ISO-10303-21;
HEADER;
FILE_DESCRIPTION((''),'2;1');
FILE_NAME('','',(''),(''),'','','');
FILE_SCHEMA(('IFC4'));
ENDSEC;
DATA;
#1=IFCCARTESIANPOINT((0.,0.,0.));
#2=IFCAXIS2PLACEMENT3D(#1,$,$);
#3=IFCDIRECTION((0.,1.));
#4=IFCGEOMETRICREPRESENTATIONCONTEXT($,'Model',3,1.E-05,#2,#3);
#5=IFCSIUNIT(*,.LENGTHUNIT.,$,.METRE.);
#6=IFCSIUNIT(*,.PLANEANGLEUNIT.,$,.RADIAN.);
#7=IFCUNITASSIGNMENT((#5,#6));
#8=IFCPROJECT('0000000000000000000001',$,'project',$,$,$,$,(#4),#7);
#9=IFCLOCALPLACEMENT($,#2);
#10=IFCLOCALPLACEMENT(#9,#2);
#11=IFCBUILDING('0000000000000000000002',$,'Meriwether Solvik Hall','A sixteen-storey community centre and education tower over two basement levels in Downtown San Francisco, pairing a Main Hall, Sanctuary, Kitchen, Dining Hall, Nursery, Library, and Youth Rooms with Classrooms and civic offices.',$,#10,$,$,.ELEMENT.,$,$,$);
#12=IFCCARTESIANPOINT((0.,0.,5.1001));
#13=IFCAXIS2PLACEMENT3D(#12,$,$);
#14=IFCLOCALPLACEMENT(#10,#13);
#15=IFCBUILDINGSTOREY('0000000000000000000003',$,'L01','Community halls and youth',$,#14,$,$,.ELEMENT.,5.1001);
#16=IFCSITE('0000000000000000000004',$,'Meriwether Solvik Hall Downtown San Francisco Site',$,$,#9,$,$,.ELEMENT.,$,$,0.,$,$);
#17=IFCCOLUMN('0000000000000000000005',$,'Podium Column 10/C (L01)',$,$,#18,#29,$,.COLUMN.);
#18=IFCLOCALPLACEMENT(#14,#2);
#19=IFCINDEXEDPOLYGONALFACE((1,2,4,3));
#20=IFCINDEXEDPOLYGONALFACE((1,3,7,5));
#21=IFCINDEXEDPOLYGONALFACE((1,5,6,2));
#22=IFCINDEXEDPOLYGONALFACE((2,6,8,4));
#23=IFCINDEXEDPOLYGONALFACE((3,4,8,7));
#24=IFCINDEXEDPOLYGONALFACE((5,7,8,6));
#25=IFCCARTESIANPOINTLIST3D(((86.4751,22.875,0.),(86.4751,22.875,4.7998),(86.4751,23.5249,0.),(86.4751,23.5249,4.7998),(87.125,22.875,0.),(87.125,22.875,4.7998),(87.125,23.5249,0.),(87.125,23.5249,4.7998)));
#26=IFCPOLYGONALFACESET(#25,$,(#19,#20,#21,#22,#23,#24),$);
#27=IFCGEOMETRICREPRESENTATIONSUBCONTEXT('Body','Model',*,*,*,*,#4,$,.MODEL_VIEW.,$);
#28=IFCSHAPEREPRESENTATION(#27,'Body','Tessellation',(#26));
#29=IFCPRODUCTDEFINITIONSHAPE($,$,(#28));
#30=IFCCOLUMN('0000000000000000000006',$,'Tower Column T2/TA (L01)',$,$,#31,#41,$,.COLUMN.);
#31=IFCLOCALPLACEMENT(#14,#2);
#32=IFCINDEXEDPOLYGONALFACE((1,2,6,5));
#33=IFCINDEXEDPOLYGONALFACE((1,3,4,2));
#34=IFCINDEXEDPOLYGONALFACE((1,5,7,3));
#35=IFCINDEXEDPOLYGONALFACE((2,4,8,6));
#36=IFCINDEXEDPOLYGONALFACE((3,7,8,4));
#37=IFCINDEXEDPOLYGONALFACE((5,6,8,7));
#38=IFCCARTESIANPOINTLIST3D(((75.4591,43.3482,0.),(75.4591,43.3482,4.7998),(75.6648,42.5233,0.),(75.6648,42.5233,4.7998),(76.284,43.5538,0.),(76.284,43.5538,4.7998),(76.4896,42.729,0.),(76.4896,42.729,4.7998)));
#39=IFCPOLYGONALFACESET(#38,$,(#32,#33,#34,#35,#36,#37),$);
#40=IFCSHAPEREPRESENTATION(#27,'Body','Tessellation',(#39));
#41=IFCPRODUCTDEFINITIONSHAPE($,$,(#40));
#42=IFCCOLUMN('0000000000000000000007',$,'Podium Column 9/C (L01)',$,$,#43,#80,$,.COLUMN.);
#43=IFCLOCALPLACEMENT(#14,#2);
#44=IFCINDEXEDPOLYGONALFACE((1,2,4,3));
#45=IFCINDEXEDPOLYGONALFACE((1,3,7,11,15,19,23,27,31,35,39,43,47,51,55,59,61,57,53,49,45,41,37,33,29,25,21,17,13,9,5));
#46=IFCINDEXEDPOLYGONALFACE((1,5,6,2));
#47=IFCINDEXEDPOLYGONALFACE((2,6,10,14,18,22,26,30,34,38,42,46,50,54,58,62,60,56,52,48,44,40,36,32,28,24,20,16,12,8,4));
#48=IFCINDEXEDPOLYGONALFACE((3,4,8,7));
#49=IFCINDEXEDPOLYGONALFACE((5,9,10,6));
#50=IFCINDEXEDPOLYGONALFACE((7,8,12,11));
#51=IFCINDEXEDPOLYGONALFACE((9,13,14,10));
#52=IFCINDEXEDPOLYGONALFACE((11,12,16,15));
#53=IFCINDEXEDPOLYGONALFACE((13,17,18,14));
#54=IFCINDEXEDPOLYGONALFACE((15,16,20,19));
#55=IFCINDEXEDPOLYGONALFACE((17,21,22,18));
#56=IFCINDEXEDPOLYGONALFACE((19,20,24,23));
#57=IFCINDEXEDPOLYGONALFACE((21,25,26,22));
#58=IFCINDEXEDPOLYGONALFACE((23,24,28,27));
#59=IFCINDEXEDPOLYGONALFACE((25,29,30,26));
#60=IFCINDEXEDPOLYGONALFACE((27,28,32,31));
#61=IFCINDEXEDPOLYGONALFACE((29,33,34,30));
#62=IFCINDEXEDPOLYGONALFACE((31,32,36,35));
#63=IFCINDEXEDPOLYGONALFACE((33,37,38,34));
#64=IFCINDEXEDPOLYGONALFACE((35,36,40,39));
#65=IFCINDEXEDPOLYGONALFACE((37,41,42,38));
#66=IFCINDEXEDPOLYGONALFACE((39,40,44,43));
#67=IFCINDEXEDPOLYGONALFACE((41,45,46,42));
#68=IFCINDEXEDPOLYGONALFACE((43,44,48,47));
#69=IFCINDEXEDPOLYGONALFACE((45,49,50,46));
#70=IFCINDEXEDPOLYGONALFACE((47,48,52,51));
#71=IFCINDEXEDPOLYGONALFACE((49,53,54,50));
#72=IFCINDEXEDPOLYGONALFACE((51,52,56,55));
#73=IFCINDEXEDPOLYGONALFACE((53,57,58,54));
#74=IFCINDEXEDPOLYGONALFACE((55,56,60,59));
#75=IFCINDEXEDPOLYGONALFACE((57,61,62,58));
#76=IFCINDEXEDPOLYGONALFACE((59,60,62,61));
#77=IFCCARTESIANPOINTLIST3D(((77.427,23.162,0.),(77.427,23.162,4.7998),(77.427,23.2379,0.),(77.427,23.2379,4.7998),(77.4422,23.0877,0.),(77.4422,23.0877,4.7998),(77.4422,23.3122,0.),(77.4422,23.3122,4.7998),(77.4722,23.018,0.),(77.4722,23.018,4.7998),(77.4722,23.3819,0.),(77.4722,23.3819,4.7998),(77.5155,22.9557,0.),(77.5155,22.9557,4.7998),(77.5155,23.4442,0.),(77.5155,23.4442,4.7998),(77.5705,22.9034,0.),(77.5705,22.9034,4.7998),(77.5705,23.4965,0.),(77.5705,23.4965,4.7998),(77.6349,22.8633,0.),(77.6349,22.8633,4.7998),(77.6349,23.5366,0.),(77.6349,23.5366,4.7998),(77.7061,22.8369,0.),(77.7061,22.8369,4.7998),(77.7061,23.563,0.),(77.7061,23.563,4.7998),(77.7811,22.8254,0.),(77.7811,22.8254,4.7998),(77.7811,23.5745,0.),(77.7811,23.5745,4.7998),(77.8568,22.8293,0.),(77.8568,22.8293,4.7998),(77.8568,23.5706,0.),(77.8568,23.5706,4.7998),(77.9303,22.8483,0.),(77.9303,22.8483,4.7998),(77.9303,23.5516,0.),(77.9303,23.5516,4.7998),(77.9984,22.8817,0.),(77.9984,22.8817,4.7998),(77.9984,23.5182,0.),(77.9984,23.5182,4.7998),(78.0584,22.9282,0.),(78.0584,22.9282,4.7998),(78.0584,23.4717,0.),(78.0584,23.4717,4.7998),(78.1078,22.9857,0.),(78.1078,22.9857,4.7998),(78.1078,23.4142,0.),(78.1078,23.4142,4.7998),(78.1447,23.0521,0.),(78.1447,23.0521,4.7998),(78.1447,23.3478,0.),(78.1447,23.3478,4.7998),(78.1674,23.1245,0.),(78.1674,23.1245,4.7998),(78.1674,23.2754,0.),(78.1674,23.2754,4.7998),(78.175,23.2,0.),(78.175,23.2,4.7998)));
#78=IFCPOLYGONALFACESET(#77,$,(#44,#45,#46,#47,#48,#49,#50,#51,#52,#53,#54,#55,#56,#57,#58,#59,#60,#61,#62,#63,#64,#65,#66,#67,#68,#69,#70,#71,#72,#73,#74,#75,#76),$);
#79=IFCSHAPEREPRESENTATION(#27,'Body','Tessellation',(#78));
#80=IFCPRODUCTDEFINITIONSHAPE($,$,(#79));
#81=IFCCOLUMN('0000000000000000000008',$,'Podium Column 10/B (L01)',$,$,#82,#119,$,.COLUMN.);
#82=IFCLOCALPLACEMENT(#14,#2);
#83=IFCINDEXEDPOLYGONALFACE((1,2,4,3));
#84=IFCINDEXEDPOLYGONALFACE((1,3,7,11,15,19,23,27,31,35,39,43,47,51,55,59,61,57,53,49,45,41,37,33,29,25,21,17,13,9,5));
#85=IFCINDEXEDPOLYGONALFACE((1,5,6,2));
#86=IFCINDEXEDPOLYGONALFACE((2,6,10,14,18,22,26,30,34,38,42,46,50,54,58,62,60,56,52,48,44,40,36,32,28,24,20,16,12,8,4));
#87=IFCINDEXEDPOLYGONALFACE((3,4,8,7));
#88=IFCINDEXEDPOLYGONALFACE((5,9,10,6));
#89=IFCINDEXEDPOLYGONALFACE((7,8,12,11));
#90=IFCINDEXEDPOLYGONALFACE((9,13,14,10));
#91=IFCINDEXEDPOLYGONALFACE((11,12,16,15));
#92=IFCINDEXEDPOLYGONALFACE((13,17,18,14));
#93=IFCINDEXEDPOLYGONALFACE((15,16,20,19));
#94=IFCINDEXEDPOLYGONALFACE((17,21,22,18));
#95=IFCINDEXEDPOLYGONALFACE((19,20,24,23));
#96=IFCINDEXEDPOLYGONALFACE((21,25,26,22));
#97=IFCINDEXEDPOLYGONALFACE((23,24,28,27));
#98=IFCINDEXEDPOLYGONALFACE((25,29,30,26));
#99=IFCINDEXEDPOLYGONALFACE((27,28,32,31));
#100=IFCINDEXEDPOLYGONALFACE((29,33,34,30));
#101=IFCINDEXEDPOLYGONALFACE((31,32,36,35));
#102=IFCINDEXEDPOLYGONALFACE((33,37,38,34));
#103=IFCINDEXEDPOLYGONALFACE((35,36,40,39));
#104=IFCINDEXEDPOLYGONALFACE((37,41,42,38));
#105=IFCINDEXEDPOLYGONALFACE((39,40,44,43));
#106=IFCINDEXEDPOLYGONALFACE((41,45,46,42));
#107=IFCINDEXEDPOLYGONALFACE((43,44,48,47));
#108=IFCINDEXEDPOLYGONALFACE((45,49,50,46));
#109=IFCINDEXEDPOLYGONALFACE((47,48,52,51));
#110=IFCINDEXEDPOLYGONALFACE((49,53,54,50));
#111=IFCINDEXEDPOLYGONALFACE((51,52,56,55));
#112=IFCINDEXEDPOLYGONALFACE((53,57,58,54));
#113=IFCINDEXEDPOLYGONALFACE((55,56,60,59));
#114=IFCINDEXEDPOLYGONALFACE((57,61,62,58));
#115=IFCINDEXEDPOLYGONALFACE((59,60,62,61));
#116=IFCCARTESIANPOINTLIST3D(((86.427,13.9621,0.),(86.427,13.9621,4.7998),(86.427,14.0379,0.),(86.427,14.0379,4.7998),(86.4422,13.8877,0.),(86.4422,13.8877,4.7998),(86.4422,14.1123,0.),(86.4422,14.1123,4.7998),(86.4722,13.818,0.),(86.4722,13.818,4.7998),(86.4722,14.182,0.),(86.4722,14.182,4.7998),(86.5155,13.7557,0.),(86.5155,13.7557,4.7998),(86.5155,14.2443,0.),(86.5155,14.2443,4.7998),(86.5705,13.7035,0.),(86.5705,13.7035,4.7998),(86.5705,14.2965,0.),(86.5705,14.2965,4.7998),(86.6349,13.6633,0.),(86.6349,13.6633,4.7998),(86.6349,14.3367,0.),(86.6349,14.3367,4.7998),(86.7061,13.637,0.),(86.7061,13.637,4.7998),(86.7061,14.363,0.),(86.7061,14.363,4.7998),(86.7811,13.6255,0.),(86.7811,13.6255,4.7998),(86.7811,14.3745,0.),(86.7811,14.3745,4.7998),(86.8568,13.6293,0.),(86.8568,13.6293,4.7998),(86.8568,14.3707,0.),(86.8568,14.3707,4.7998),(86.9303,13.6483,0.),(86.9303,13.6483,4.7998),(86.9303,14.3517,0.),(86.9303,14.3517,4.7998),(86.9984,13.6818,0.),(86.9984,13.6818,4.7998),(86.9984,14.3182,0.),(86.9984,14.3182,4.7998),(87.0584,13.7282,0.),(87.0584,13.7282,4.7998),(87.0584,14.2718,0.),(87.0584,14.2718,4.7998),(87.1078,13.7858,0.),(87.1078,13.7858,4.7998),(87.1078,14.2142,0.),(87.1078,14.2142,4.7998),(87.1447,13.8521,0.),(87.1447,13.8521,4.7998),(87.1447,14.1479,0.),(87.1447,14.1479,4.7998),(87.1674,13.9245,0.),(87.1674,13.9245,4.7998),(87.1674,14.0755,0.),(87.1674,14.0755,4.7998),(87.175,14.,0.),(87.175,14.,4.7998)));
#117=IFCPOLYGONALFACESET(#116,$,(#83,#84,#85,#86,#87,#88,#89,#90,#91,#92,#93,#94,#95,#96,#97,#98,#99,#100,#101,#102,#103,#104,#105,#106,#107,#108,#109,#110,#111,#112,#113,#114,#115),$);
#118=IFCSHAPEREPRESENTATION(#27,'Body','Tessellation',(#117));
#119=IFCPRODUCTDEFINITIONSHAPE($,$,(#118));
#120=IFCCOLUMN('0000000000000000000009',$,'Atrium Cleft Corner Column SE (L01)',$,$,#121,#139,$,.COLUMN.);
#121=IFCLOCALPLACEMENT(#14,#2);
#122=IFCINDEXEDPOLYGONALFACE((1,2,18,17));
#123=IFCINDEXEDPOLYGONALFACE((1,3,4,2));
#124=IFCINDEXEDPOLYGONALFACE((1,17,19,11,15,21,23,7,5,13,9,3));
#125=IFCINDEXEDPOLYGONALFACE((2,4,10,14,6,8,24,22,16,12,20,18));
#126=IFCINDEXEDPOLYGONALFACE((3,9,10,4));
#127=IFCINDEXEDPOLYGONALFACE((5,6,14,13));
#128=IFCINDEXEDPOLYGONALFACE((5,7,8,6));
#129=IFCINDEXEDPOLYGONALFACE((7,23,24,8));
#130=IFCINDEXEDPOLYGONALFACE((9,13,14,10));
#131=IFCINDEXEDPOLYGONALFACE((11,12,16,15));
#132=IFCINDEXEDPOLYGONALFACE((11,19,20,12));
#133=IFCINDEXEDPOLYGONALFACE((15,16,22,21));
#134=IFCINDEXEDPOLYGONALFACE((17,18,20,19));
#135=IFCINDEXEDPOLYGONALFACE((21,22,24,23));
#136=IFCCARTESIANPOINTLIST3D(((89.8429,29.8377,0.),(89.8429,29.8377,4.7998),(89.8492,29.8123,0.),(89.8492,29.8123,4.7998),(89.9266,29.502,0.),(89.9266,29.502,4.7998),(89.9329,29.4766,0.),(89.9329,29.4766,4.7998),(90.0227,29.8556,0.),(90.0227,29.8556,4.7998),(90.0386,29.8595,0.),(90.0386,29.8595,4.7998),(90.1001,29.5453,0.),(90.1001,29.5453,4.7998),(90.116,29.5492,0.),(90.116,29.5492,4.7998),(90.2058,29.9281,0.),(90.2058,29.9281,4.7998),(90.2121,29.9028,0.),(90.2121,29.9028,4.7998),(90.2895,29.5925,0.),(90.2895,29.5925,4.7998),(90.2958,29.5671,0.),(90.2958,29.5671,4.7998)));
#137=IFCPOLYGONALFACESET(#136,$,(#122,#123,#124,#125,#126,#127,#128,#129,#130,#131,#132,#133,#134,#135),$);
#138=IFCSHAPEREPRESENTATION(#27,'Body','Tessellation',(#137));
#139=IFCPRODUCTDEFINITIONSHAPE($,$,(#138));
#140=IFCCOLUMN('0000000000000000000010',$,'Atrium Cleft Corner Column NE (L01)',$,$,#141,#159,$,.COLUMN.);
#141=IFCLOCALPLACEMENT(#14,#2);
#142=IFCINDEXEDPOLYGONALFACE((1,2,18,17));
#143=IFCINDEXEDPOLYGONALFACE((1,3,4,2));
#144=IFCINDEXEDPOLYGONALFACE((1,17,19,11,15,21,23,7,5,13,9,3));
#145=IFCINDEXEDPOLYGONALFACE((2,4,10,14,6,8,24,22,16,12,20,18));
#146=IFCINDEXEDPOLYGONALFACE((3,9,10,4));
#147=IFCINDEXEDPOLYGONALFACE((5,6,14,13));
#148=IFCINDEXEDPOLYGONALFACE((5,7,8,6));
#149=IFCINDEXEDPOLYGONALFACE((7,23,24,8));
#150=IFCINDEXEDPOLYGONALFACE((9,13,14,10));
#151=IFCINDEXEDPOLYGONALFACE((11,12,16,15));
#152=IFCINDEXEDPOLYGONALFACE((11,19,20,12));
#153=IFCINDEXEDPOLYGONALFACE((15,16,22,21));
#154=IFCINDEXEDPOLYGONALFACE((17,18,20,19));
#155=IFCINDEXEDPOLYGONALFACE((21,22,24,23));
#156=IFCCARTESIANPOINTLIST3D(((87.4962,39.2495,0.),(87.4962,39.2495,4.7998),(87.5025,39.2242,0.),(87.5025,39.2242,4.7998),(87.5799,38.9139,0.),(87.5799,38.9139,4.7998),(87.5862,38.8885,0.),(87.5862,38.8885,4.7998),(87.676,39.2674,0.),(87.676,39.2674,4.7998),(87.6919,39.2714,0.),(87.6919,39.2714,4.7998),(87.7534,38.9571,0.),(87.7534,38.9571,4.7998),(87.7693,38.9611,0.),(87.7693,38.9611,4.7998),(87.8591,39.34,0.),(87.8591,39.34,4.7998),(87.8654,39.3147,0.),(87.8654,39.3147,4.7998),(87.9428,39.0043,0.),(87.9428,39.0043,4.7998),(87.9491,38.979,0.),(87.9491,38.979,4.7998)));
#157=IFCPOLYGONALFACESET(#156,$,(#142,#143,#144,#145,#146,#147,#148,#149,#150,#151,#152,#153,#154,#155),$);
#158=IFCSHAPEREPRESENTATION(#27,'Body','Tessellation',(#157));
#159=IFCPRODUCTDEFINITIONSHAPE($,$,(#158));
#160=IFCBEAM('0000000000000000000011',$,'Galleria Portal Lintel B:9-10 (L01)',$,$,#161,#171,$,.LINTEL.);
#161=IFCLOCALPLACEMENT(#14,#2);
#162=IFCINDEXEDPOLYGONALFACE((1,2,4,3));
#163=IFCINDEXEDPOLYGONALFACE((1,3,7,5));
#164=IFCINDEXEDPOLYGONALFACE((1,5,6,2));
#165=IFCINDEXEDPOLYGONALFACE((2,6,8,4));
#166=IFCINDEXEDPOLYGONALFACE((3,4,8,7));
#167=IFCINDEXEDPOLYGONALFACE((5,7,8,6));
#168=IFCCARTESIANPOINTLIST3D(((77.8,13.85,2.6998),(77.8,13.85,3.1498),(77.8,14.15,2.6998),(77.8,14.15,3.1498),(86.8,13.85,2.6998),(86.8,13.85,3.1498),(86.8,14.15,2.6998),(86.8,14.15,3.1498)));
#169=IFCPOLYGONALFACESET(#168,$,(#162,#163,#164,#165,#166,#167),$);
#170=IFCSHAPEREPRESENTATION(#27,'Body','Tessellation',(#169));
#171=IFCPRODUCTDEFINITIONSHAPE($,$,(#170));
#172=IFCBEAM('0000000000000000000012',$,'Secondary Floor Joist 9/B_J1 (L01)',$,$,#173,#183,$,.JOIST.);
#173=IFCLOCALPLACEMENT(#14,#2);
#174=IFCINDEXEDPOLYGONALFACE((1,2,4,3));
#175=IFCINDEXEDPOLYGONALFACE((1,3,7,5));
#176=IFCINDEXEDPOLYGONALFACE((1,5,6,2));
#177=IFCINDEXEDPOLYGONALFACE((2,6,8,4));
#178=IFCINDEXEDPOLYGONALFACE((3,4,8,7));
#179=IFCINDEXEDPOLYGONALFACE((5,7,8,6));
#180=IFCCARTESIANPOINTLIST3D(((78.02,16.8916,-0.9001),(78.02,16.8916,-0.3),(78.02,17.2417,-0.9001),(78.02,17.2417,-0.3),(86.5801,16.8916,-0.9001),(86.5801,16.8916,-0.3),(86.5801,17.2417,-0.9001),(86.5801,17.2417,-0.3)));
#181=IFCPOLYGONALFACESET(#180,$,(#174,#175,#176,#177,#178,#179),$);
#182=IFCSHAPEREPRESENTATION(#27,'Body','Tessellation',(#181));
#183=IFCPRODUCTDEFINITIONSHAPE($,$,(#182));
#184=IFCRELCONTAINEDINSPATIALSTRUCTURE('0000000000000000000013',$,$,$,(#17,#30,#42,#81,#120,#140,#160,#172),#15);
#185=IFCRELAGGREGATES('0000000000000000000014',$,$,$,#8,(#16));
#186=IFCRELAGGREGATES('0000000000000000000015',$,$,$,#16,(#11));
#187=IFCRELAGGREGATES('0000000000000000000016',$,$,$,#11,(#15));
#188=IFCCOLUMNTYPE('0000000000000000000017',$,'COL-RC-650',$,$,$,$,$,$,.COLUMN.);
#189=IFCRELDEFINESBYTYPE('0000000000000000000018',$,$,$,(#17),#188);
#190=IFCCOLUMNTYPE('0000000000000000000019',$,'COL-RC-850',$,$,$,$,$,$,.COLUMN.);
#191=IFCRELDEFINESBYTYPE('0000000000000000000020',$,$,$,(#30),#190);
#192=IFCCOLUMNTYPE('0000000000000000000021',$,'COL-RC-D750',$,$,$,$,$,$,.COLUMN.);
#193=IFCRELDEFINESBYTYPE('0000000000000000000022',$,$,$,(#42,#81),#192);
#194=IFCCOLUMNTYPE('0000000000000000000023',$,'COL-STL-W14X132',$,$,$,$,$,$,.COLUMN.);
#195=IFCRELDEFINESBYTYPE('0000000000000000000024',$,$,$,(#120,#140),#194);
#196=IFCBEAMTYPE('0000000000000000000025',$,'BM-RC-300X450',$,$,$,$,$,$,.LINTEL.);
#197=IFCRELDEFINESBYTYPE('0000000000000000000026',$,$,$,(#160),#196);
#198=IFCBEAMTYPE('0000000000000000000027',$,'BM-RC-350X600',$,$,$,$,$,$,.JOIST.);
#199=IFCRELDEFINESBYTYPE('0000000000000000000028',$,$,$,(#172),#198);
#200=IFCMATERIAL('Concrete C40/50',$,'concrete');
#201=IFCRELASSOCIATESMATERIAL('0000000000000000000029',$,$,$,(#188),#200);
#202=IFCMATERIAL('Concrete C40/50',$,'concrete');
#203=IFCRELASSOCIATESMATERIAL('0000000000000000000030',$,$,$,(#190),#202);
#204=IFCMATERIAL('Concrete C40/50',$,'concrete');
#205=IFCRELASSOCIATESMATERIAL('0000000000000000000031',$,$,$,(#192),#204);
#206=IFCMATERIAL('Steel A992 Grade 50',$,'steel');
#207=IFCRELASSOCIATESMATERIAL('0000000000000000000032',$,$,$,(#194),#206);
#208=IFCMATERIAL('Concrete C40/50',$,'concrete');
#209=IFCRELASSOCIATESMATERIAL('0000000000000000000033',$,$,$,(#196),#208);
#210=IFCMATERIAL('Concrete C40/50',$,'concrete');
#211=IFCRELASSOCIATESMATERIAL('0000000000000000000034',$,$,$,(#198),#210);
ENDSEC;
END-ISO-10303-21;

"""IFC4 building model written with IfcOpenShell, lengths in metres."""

from ifc_helpers import new_model, si_unit, direction, frame, origin, origin_2d, place, context, subcontext, project, spatial, rectangle, circle, i_section, extrude, material, material_profile, profile_set, type_object, element, save


model = new_model("IFC4")

# Units and contexts
model_context = context("Model", 3, precision=1e-05, world=origin(), true_north=direction((0.0, 1.0)))
body_context = subcontext(model_context, "Body", "Model", "MODEL_VIEW")
ifc_project = project(units=[si_unit("LENGTHUNIT", "METRE"), si_unit("PLANEANGLEUNIT", "RADIAN")], contexts=[model_context])

# Site, building, storey
site_placement = place(None, origin())
site = spatial("IfcSite", under=ifc_project, at=site_placement, Name="Meriwether Solvik Hall Downtown San Francisco Site", CompositionType="ELEMENT", RefElevation=0.0)
building_placement = place(site_placement, origin())
building = spatial("IfcBuilding", under=site, at=building_placement, Name="Meriwether Solvik Hall", Description="A sixteen-storey community centre and education tower over two basement levels in Downtown San Francisco, pairing a Main Hall, Sanctuary, Kitchen, Dining Hall, Nursery, Library, and Youth Rooms with Classrooms and civic offices.", CompositionType="ELEMENT")
storey_placement = place(building_placement, frame((0.0, 0.0, 5.1001)))
storey = spatial("IfcBuildingStorey", under=building, at=storey_placement, Name="L01", Description="Community halls and youth", CompositionType="ELEMENT", Elevation=5.1001)

# Columns
ifc_material_1 = material(Name="Concrete C40/50", Category="concrete")
ifc_material_profile_1 = material_profile(ifc_material_1, rectangle(XDim=0.6499, YDim=0.6499, at=origin_2d()), Name="RCC-650X650")
ifc_profile_set_1 = profile_set([ifc_material_profile_1], Name="Concrete C40/50")
column_type_1 = type_object("IfcColumnType", Name="COL-RC-650", PredefinedType="COLUMN", material=ifc_profile_set_1)
column_1_placement = place(storey_placement, frame((86.8, 23.2, 0.0), z_axis=(0.0, 0.0, 1.0), x_axis=(1.0, 0.0, 0.0)))
element("IfcColumn", 1, at=column_1_placement, inside=storey, type_object=column_type_1, Name="Podium Column 10/C (L01)", PredefinedType="COLUMN", context=body_context, shape_type="SweptSolid", body=[
    extrude(rectangle(XDim=0.6499, YDim=0.6499, at=origin_2d()), origin(), (0.0, 0.0, 1.0), 4.7998),
])
ifc_material_2 = material(Name="Concrete C40/50", Category="concrete")
ifc_material_profile_2 = material_profile(ifc_material_2, rectangle(XDim=0.8501, YDim=0.8501, at=origin_2d()), Name="RCC-850X850")
ifc_profile_set_2 = profile_set([ifc_material_profile_2], Name="Concrete C40/50")
column_type_2 = type_object("IfcColumnType", Name="COL-RC-850", PredefinedType="COLUMN", material=ifc_profile_set_2)
column_2_placement = place(storey_placement, frame((75.9744, 43.0386, 0.0), z_axis=(0.0, 0.0, 1.0), x_axis=(0.970296, 0.241922, 0.0)))
element("IfcColumn", 2, at=column_2_placement, inside=storey, type_object=column_type_2, Name="Tower Column T2/TA (L01)", PredefinedType="COLUMN", context=body_context, shape_type="SweptSolid", body=[
    extrude(rectangle(XDim=0.8501, YDim=0.8501, at=origin_2d()), origin(), (0.0, 0.0, 1.0), 4.7998),
])
ifc_material_3 = material(Name="Concrete C40/50", Category="concrete")
ifc_material_profile_3 = material_profile(ifc_material_3, circle(Radius=0.375, at=origin_2d()), Name="RCC-D750")
ifc_profile_set_3 = profile_set([ifc_material_profile_3], Name="Concrete C40/50")
column_type_3 = type_object("IfcColumnType", Name="COL-RC-D750", PredefinedType="COLUMN", material=ifc_profile_set_3)
for number, where, z_axis, x_axis, name in (
    (3, (77.8, 23.2, 0.0), (0.0, 0.0, 1.0), (1.0, 0.0, 0.0), "Podium Column 9/C (L01)"),
    (4, (86.8, 14.0, 0.0), (0.0, 0.0, 1.0), (1.0, 0.0, 0.0), "Podium Column 10/B (L01)"),
):
    element("IfcColumn", number, at=place(storey_placement, frame(where, z_axis=z_axis, x_axis=x_axis)), inside=storey, type_object=column_type_3, Name=name, PredefinedType="COLUMN", context=body_context, shape_type="SweptSolid", body=[
        extrude(circle(Radius=0.375, at=origin_2d()), origin(), (0.0, 0.0, 1.0), 4.7998),
    ])
ifc_material_4 = material(Name="Steel A992 Grade 50", Category="steel")
ifc_material_profile_4 = material_profile(ifc_material_4, i_section(OverallWidth=0.374, OverallDepth=0.3721, WebThickness=0.0164, FlangeThickness=0.0261, at=origin_2d()), Name="W14X132")
ifc_profile_set_4 = profile_set([ifc_material_profile_4], Name="Steel A992 Grade 50")
column_type_4 = type_object("IfcColumnType", Name="COL-STL-W14X132", PredefinedType="COLUMN", material=ifc_profile_set_4)
for number, where, z_axis, x_axis, name in (
    (5, (90.0693, 29.7024, 0.0), (0.0, 0.0, 1.0), (0.970296, 0.241922, 0.0), "Atrium Cleft Corner Column SE (L01)"),
    (6, (87.7227, 39.1143, 0.0), (0.0, 0.0, 1.0), (0.970296, 0.241922, 0.0), "Atrium Cleft Corner Column NE (L01)"),
):
    element("IfcColumn", number, at=place(storey_placement, frame(where, z_axis=z_axis, x_axis=x_axis)), inside=storey, type_object=column_type_4, Name=name, PredefinedType="COLUMN", context=body_context, shape_type="SweptSolid", body=[
        extrude(i_section(OverallWidth=0.374, OverallDepth=0.3721, WebThickness=0.0164, FlangeThickness=0.0261, at=origin_2d()), origin(), (0.0, 0.0, 1.0), 4.7998),
    ])

# Beams
ifc_material_5 = material(Name="Concrete C40/50", Category="concrete")
ifc_material_profile_5 = material_profile(ifc_material_5, rectangle(XDim=0.3, YDim=0.45, at=origin_2d()), Name="RCB-300X450")
ifc_profile_set_5 = profile_set([ifc_material_profile_5], Name="Concrete C40/50")
beam_type_1 = type_object("IfcBeamType", Name="BM-RC-300X450", PredefinedType="LINTEL", material=ifc_profile_set_5)
beam_1_placement = place(storey_placement, frame((77.8, 14.0, 2.9248), z_axis=(1.0, 0.0, 0.0), x_axis=(0.0, 1.0, 0.0)))
element("IfcBeam", 7, at=beam_1_placement, inside=storey, type_object=beam_type_1, Name="Galleria Portal Lintel B:9-10 (L01)", PredefinedType="LINTEL", context=body_context, shape_type="SweptSolid", body=[
    extrude(rectangle(XDim=0.3, YDim=0.45, at=origin_2d()), origin(), (0.0, 0.0, 1.0), 9.0),
])
ifc_material_6 = material(Name="Concrete C40/50", Category="concrete")
ifc_material_profile_6 = material_profile(ifc_material_6, rectangle(XDim=0.3501, YDim=0.6001, at=origin_2d()), Name="RCB-350X600")
ifc_profile_set_6 = profile_set([ifc_material_profile_6], Name="Concrete C40/50")
beam_type_2 = type_object("IfcBeamType", Name="BM-RC-350X600", PredefinedType="JOIST", material=ifc_profile_set_6)
for number, where, z_axis, x_axis, name in (
    (8, (78.02, 17.0667, -0.6001), (1.0, 0.0, 0.0), (0.0, 1.0, 0.0), "Secondary Floor Joist 9/B_J1 (L01)"),
):
    element("IfcBeam", number, at=place(storey_placement, frame(where, z_axis=z_axis, x_axis=x_axis)), inside=storey, type_object=beam_type_2, Name=name, PredefinedType="JOIST", context=body_context, shape_type="SweptSolid", body=[
        extrude(rectangle(XDim=0.3501, YDim=0.6001, at=origin_2d()), origin(), (0.0, 0.0, 1.0), 8.5601),
    ])

save(model, "model.ifc")
